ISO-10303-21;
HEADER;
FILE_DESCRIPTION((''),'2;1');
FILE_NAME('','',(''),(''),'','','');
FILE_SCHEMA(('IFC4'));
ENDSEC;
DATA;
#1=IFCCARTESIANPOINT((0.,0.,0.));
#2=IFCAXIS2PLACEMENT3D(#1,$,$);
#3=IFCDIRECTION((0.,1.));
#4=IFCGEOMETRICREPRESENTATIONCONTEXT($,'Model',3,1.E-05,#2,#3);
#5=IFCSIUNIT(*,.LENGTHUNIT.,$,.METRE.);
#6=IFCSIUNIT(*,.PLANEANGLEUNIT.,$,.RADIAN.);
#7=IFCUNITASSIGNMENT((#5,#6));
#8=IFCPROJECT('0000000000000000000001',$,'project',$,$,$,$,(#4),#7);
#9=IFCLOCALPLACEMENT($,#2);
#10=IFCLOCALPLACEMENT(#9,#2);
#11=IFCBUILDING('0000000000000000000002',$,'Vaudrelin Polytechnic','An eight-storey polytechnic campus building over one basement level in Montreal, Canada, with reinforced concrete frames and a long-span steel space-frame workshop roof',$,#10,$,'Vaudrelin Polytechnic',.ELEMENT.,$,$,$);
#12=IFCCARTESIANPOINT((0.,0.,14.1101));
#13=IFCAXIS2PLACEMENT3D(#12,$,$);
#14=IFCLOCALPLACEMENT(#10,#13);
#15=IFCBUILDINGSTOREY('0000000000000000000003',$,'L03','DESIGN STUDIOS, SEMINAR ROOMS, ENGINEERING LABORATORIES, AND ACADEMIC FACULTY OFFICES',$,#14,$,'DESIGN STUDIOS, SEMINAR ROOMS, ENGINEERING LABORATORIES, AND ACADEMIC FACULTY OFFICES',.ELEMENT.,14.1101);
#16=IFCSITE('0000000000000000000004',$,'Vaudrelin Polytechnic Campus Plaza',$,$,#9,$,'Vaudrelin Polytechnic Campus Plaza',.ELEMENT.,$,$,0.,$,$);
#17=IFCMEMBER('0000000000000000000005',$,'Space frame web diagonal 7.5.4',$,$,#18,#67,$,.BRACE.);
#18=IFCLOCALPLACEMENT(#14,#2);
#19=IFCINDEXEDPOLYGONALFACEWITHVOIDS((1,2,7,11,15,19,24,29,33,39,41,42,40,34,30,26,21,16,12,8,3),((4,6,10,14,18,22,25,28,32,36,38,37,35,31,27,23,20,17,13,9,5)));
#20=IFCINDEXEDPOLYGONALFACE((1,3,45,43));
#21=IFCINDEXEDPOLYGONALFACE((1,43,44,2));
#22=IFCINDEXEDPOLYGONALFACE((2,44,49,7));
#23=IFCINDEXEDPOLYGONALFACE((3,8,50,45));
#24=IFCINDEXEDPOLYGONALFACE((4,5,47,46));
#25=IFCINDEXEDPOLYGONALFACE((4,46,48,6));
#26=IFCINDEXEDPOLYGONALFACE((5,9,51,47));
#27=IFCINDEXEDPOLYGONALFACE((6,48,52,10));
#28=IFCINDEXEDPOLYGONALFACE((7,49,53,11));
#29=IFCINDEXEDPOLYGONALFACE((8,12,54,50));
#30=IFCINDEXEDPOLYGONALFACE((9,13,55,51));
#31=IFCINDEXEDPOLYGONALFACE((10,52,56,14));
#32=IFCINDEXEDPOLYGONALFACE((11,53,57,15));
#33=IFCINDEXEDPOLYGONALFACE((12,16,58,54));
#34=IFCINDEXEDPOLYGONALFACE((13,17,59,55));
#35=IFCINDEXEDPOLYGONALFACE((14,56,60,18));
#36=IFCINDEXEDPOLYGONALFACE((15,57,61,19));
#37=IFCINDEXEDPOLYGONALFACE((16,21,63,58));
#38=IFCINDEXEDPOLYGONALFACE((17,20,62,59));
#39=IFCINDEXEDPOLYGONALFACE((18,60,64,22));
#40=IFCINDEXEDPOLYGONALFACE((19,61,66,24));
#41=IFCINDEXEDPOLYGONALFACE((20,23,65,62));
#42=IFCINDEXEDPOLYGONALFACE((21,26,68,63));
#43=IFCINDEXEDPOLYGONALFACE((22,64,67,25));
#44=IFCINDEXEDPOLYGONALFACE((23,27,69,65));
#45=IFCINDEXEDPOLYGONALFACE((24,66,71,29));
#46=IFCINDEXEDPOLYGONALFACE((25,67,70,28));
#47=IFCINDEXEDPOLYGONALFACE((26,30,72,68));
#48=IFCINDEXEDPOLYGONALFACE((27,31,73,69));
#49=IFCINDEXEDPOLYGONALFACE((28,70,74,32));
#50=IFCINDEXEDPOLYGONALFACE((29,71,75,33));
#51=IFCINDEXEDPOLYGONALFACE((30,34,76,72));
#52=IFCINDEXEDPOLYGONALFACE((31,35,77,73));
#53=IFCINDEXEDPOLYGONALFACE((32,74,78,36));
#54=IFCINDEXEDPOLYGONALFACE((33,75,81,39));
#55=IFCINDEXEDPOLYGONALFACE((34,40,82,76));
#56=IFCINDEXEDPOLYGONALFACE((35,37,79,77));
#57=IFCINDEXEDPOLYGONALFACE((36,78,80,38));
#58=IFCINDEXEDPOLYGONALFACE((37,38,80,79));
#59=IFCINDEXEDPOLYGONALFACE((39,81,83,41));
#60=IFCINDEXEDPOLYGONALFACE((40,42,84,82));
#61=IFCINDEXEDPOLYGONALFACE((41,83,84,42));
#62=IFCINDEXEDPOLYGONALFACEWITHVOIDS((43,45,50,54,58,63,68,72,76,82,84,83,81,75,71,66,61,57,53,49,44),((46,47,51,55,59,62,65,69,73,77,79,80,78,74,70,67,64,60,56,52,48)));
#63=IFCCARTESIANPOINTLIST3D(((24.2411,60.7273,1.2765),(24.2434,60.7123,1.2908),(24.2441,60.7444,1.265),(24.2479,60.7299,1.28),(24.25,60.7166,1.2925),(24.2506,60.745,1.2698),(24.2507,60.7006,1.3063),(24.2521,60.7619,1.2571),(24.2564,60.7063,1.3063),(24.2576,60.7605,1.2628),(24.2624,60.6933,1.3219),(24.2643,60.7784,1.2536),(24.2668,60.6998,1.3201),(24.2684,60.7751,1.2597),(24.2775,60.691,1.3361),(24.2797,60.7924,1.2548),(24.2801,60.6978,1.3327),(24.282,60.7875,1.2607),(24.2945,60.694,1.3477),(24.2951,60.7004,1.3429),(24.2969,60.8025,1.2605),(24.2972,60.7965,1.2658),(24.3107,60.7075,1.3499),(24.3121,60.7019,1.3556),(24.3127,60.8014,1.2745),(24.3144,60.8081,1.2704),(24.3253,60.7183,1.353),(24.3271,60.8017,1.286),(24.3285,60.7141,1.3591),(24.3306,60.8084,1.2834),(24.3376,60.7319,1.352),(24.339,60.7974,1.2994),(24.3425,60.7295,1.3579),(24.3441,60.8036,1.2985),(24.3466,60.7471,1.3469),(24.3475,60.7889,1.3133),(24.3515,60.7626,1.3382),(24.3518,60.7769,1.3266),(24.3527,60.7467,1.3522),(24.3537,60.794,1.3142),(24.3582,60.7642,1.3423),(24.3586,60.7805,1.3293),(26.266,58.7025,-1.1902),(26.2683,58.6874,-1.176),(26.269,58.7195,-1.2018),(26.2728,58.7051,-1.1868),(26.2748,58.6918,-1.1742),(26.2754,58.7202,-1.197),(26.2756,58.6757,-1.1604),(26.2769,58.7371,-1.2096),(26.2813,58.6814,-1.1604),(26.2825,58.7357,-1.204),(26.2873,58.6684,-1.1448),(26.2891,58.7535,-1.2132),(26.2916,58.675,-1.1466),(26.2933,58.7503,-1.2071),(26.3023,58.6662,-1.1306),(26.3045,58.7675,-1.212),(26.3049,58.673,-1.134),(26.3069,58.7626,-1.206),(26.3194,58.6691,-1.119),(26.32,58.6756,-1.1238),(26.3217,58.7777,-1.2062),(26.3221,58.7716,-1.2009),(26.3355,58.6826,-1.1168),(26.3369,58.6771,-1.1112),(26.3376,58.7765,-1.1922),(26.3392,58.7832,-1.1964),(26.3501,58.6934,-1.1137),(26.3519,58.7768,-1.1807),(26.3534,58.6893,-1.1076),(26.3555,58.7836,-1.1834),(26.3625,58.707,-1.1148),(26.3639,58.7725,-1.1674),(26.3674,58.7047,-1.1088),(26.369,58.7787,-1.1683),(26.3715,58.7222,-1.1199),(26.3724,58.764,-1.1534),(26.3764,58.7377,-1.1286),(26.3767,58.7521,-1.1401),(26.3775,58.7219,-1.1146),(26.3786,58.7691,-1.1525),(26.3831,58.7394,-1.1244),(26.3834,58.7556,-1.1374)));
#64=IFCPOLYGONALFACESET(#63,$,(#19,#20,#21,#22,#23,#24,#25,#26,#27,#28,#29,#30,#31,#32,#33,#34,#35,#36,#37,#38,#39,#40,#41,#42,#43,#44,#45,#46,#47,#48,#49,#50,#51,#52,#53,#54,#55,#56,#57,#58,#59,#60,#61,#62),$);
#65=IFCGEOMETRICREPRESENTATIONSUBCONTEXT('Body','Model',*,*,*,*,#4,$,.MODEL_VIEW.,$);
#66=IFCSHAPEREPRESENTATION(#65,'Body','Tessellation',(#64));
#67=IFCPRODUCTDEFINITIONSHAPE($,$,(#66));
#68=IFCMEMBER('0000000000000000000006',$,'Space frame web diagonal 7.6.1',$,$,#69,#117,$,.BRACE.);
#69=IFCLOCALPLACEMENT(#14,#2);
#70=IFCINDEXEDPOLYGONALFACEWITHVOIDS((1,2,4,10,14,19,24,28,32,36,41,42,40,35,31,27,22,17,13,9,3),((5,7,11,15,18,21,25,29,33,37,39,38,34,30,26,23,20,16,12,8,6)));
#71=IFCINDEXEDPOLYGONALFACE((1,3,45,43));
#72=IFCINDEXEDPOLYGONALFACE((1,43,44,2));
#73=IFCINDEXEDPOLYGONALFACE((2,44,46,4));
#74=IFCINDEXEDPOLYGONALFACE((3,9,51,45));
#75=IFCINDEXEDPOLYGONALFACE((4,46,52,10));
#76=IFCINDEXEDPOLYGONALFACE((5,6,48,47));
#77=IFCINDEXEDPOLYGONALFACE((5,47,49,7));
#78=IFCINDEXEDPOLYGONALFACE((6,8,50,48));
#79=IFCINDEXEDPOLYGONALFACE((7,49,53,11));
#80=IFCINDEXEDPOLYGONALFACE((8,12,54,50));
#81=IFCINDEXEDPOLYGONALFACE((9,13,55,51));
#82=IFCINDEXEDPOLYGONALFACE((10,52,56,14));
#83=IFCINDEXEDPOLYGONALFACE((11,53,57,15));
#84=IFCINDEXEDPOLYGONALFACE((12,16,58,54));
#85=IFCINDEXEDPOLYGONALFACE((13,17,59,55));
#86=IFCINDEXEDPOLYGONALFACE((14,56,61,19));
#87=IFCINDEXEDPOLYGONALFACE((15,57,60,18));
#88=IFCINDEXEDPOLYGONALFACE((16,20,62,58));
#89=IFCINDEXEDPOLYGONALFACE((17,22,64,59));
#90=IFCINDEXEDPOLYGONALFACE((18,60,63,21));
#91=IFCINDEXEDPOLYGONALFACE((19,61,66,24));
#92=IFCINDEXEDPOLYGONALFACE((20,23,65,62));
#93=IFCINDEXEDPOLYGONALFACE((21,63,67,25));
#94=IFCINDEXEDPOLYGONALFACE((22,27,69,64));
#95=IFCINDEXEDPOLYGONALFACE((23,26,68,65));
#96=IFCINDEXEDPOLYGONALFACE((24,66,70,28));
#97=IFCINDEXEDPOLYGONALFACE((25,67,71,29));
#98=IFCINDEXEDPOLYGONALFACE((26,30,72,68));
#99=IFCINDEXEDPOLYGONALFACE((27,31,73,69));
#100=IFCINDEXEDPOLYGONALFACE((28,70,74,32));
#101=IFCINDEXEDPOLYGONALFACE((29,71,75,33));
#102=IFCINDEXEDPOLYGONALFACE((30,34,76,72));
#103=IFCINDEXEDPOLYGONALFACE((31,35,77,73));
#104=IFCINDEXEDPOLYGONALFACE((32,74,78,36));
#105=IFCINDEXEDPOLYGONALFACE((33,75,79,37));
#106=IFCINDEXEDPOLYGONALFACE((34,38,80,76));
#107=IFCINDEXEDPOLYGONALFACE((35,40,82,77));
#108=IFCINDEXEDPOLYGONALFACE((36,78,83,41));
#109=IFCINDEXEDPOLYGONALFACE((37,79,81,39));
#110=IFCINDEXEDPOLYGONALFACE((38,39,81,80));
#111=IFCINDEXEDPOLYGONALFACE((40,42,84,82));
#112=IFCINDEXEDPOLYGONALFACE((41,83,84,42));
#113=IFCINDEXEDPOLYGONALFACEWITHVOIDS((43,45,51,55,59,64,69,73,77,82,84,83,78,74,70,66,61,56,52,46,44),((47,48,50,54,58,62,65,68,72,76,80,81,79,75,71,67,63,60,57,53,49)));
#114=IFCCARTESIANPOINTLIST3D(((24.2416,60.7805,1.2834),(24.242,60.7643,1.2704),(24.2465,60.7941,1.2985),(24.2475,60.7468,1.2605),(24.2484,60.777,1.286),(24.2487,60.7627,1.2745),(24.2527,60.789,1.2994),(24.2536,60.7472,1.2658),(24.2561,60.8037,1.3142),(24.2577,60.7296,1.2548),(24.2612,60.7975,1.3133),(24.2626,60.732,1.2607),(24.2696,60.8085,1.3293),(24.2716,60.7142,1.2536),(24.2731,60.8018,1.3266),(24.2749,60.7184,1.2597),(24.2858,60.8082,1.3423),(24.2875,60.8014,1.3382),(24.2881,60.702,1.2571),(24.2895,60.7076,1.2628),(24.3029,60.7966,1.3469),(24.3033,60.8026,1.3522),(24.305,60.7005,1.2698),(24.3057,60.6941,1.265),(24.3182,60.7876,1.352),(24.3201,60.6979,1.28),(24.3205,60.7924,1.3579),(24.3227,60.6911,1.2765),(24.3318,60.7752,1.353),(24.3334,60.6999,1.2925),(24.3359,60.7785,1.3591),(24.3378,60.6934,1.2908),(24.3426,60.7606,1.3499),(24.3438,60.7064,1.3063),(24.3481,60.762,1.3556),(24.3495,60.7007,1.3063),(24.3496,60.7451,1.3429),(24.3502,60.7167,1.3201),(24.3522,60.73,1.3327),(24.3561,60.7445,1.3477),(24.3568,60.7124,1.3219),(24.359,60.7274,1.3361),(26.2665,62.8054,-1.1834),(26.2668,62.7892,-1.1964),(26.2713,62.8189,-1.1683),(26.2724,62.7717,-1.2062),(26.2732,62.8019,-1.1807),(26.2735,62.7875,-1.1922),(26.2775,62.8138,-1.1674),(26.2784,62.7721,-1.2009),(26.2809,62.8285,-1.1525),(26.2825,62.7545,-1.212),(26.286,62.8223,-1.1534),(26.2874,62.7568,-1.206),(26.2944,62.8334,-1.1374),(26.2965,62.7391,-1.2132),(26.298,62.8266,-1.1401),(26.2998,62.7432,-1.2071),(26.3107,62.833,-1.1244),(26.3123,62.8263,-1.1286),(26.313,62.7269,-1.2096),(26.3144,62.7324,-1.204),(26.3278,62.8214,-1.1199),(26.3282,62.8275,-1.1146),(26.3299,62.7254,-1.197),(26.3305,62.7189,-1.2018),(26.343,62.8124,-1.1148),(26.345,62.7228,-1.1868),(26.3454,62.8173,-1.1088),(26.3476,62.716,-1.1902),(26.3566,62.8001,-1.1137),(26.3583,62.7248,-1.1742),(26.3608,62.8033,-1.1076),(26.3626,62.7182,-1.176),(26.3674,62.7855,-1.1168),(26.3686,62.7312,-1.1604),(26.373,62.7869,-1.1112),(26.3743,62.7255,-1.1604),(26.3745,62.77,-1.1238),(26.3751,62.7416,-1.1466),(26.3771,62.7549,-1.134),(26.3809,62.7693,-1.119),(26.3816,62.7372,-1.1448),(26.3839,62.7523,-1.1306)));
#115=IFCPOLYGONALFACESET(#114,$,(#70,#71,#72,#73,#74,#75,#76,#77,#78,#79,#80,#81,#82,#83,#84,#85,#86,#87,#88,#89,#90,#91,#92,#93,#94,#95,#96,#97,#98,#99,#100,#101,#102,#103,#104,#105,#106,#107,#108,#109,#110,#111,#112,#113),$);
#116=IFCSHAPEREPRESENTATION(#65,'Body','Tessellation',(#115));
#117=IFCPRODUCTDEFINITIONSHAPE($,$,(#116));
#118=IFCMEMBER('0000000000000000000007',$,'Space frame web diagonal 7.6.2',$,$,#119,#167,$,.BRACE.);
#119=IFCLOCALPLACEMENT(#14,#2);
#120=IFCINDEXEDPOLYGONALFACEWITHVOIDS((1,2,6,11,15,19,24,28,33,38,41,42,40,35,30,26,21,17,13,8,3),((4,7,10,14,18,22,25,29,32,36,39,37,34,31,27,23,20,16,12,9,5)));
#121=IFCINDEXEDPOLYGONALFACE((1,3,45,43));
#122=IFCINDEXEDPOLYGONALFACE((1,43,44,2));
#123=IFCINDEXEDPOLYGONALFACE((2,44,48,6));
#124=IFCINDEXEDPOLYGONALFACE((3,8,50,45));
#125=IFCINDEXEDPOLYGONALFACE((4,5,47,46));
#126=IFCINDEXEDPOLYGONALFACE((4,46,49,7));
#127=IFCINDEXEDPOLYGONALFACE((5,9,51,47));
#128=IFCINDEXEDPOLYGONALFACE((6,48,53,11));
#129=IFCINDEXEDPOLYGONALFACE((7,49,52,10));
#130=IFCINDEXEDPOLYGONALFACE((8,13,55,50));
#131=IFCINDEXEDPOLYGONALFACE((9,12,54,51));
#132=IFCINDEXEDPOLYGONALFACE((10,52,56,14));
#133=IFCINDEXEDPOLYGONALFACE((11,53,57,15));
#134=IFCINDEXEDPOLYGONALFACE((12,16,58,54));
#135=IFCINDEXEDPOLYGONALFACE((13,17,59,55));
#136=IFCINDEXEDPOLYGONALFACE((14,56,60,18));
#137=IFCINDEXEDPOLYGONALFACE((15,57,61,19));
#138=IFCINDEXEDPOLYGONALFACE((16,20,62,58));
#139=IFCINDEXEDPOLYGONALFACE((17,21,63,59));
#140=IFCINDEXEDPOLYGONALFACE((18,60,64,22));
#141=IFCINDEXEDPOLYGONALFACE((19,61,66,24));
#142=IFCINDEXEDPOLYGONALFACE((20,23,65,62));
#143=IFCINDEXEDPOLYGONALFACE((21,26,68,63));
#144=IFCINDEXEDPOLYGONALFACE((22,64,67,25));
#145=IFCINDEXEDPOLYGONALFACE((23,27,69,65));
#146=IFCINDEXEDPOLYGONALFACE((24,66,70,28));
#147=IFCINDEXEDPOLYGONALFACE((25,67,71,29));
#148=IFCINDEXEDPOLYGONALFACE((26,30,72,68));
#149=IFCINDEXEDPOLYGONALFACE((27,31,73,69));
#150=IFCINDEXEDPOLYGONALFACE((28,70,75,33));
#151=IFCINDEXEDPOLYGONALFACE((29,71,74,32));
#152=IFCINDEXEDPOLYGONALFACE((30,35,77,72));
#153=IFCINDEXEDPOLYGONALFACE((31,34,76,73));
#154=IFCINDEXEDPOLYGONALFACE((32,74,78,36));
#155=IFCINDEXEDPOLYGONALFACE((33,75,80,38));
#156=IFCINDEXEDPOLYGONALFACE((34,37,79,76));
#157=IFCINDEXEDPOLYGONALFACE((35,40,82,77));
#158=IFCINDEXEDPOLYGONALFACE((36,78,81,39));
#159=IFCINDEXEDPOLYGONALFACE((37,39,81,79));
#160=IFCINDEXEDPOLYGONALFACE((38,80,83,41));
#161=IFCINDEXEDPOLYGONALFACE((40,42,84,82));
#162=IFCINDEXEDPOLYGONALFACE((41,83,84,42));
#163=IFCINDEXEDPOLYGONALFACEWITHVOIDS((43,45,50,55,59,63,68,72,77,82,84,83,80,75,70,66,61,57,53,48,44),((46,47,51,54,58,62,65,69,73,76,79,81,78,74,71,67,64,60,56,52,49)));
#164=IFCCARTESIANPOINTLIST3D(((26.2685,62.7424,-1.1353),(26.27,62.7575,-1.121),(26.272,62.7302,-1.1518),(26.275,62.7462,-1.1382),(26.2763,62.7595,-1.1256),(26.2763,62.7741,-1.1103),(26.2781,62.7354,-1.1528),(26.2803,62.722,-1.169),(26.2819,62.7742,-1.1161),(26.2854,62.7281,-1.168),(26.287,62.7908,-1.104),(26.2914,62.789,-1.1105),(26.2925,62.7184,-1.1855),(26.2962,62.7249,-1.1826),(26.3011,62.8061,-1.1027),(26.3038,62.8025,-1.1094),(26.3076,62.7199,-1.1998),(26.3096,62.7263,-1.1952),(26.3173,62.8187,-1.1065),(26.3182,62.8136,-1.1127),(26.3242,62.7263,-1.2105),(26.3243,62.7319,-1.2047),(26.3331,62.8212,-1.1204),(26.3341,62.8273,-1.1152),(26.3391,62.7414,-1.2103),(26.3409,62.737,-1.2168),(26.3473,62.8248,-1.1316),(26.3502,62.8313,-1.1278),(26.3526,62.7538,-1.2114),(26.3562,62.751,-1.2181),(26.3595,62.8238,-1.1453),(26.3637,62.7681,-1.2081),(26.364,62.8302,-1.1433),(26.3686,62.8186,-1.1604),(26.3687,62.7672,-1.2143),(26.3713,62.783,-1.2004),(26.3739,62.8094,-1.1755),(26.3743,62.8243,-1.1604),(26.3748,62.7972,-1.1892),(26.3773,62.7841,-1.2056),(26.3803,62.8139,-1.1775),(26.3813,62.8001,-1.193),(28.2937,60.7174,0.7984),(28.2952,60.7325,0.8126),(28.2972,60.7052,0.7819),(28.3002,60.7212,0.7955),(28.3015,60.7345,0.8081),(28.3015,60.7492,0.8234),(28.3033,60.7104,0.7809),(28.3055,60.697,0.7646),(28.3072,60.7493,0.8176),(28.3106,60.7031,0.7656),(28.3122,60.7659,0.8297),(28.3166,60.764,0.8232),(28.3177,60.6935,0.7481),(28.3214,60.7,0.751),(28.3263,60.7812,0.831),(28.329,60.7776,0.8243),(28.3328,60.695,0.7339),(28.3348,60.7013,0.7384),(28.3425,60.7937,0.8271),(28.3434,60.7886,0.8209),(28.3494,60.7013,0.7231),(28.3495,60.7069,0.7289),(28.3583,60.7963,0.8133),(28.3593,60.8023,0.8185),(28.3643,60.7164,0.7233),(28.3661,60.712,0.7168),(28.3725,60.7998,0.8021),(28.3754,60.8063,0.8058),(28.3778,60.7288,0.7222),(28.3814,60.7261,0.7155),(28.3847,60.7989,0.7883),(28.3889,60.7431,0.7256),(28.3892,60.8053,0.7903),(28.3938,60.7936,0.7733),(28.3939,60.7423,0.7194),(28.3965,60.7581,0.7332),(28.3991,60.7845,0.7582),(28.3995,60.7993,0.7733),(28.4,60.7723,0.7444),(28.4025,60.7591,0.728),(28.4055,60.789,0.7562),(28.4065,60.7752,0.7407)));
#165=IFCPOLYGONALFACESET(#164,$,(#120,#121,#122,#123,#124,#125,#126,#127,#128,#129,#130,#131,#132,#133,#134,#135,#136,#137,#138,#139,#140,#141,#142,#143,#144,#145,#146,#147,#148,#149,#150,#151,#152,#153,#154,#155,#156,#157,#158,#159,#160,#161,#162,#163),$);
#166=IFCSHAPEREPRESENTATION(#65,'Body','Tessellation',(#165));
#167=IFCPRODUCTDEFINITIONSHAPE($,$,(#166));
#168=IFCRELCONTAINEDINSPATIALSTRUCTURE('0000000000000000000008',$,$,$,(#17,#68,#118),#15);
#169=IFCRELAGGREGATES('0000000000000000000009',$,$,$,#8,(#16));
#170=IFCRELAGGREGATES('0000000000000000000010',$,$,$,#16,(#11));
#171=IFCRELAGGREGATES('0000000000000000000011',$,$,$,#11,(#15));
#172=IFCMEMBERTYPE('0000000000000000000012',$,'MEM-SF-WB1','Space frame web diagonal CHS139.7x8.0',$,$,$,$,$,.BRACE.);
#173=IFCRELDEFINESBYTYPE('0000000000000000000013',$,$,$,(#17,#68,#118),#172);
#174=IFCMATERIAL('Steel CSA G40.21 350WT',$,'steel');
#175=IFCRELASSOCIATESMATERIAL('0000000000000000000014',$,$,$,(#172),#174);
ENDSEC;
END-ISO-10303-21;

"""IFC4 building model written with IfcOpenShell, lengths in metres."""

from ifc_helpers import new_model, si_unit, direction, frame, origin, origin_2d, place, context, subcontext, project, spatial, hollow_circle, extrude, material, material_profile, profile_set, type_object, element, save


model = new_model("IFC4")

# Units and contexts
model_context = context("Model", 3, precision=1e-05, world=origin(), true_north=direction((0.0, 1.0)))
body_context = subcontext(model_context, "Body", "Model", "MODEL_VIEW")
ifc_project = project(units=[si_unit("LENGTHUNIT", "METRE"), si_unit("PLANEANGLEUNIT", "RADIAN")], contexts=[model_context])

# Site, building, storey
site_placement = place(None, origin())
site = spatial("IfcSite", under=ifc_project, at=site_placement, Name="Vaudrelin Polytechnic Campus Plaza", LongName="Vaudrelin Polytechnic Campus Plaza", CompositionType="ELEMENT", RefElevation=0.0)
building_placement = place(site_placement, origin())
building = spatial("IfcBuilding", under=site, at=building_placement, Name="Vaudrelin Polytechnic", Description="An eight-storey polytechnic campus building over one basement level in Montreal, Canada, with reinforced concrete frames and a long-span steel space-frame workshop roof", LongName="Vaudrelin Polytechnic", CompositionType="ELEMENT")
storey_placement = place(building_placement, frame((0.0, 0.0, 14.1101)))
storey = spatial("IfcBuildingStorey", under=building, at=storey_placement, Name="L03", Description="DESIGN STUDIOS, SEMINAR ROOMS, ENGINEERING LABORATORIES, AND ACADEMIC FACULTY OFFICES", LongName="DESIGN STUDIOS, SEMINAR ROOMS, ENGINEERING LABORATORIES, AND ACADEMIC FACULTY OFFICES", CompositionType="ELEMENT", Elevation=14.1101)

# Members
ifc_material_1 = material(Name="Steel CSA G40.21 350WT", Category="steel")
ifc_material_profile_1 = material_profile(ifc_material_1, hollow_circle(Radius=0.0698, WallThickness=0.0081, at=origin_2d()), Name="CHS139.7x8.0")
ifc_profile_set_1 = profile_set([ifc_material_profile_1], Name="Steel CSA G40.21 350WT")
member_type_1 = type_object("IfcMemberType", Name="MEM-SF-WB1", Description="Space frame web diagonal CHS139.7x8.0", PredefinedType="BRACE", material=ifc_profile_set_1)
for number, where, z_axis, x_axis, name in (
    (1, (26.325, 58.7251, -1.1604), (-0.535742, 0.535742, 0.652657), (-0.707107, -0.707107, 0.0), "Space frame web diagonal 7.5.4"),
    (2, (26.325, 62.7749, -1.1604), (-0.535742, -0.535742, 0.652657), (0.707107, -0.707107, 0.0), "Space frame web diagonal 7.6.1"),
):
    element("IfcMember", number, at=place(storey_placement, frame(where, z_axis=z_axis, x_axis=x_axis)), inside=storey, type_object=member_type_1, Name=name, PredefinedType="BRACE", context=body_context, shape_type="SweptSolid", body=[
        extrude(hollow_circle(Radius=0.0698, WallThickness=0.0081, at=origin_2d()), origin(), (0.0, 0.0, 1.0), 3.7795),
    ])
for number, where, z_axis, x_axis, name in (
    (3, (26.325, 62.7749, -1.1604), (0.586071, -0.586, 0.559576), (0.707064, 0.707149, 0.0), "Space frame web diagonal 7.6.2"),
):
    element("IfcMember", number, at=place(storey_placement, frame(where, z_axis=z_axis, x_axis=x_axis)), inside=storey, type_object=member_type_1, Name=name, PredefinedType="BRACE", context=body_context, shape_type="SweptSolid", body=[
        extrude(hollow_circle(Radius=0.0698, WallThickness=0.0081, at=origin_2d()), origin(), (0.0, 0.0, 1.0), 3.4556),
    ])

save(model, "model.ifc")
